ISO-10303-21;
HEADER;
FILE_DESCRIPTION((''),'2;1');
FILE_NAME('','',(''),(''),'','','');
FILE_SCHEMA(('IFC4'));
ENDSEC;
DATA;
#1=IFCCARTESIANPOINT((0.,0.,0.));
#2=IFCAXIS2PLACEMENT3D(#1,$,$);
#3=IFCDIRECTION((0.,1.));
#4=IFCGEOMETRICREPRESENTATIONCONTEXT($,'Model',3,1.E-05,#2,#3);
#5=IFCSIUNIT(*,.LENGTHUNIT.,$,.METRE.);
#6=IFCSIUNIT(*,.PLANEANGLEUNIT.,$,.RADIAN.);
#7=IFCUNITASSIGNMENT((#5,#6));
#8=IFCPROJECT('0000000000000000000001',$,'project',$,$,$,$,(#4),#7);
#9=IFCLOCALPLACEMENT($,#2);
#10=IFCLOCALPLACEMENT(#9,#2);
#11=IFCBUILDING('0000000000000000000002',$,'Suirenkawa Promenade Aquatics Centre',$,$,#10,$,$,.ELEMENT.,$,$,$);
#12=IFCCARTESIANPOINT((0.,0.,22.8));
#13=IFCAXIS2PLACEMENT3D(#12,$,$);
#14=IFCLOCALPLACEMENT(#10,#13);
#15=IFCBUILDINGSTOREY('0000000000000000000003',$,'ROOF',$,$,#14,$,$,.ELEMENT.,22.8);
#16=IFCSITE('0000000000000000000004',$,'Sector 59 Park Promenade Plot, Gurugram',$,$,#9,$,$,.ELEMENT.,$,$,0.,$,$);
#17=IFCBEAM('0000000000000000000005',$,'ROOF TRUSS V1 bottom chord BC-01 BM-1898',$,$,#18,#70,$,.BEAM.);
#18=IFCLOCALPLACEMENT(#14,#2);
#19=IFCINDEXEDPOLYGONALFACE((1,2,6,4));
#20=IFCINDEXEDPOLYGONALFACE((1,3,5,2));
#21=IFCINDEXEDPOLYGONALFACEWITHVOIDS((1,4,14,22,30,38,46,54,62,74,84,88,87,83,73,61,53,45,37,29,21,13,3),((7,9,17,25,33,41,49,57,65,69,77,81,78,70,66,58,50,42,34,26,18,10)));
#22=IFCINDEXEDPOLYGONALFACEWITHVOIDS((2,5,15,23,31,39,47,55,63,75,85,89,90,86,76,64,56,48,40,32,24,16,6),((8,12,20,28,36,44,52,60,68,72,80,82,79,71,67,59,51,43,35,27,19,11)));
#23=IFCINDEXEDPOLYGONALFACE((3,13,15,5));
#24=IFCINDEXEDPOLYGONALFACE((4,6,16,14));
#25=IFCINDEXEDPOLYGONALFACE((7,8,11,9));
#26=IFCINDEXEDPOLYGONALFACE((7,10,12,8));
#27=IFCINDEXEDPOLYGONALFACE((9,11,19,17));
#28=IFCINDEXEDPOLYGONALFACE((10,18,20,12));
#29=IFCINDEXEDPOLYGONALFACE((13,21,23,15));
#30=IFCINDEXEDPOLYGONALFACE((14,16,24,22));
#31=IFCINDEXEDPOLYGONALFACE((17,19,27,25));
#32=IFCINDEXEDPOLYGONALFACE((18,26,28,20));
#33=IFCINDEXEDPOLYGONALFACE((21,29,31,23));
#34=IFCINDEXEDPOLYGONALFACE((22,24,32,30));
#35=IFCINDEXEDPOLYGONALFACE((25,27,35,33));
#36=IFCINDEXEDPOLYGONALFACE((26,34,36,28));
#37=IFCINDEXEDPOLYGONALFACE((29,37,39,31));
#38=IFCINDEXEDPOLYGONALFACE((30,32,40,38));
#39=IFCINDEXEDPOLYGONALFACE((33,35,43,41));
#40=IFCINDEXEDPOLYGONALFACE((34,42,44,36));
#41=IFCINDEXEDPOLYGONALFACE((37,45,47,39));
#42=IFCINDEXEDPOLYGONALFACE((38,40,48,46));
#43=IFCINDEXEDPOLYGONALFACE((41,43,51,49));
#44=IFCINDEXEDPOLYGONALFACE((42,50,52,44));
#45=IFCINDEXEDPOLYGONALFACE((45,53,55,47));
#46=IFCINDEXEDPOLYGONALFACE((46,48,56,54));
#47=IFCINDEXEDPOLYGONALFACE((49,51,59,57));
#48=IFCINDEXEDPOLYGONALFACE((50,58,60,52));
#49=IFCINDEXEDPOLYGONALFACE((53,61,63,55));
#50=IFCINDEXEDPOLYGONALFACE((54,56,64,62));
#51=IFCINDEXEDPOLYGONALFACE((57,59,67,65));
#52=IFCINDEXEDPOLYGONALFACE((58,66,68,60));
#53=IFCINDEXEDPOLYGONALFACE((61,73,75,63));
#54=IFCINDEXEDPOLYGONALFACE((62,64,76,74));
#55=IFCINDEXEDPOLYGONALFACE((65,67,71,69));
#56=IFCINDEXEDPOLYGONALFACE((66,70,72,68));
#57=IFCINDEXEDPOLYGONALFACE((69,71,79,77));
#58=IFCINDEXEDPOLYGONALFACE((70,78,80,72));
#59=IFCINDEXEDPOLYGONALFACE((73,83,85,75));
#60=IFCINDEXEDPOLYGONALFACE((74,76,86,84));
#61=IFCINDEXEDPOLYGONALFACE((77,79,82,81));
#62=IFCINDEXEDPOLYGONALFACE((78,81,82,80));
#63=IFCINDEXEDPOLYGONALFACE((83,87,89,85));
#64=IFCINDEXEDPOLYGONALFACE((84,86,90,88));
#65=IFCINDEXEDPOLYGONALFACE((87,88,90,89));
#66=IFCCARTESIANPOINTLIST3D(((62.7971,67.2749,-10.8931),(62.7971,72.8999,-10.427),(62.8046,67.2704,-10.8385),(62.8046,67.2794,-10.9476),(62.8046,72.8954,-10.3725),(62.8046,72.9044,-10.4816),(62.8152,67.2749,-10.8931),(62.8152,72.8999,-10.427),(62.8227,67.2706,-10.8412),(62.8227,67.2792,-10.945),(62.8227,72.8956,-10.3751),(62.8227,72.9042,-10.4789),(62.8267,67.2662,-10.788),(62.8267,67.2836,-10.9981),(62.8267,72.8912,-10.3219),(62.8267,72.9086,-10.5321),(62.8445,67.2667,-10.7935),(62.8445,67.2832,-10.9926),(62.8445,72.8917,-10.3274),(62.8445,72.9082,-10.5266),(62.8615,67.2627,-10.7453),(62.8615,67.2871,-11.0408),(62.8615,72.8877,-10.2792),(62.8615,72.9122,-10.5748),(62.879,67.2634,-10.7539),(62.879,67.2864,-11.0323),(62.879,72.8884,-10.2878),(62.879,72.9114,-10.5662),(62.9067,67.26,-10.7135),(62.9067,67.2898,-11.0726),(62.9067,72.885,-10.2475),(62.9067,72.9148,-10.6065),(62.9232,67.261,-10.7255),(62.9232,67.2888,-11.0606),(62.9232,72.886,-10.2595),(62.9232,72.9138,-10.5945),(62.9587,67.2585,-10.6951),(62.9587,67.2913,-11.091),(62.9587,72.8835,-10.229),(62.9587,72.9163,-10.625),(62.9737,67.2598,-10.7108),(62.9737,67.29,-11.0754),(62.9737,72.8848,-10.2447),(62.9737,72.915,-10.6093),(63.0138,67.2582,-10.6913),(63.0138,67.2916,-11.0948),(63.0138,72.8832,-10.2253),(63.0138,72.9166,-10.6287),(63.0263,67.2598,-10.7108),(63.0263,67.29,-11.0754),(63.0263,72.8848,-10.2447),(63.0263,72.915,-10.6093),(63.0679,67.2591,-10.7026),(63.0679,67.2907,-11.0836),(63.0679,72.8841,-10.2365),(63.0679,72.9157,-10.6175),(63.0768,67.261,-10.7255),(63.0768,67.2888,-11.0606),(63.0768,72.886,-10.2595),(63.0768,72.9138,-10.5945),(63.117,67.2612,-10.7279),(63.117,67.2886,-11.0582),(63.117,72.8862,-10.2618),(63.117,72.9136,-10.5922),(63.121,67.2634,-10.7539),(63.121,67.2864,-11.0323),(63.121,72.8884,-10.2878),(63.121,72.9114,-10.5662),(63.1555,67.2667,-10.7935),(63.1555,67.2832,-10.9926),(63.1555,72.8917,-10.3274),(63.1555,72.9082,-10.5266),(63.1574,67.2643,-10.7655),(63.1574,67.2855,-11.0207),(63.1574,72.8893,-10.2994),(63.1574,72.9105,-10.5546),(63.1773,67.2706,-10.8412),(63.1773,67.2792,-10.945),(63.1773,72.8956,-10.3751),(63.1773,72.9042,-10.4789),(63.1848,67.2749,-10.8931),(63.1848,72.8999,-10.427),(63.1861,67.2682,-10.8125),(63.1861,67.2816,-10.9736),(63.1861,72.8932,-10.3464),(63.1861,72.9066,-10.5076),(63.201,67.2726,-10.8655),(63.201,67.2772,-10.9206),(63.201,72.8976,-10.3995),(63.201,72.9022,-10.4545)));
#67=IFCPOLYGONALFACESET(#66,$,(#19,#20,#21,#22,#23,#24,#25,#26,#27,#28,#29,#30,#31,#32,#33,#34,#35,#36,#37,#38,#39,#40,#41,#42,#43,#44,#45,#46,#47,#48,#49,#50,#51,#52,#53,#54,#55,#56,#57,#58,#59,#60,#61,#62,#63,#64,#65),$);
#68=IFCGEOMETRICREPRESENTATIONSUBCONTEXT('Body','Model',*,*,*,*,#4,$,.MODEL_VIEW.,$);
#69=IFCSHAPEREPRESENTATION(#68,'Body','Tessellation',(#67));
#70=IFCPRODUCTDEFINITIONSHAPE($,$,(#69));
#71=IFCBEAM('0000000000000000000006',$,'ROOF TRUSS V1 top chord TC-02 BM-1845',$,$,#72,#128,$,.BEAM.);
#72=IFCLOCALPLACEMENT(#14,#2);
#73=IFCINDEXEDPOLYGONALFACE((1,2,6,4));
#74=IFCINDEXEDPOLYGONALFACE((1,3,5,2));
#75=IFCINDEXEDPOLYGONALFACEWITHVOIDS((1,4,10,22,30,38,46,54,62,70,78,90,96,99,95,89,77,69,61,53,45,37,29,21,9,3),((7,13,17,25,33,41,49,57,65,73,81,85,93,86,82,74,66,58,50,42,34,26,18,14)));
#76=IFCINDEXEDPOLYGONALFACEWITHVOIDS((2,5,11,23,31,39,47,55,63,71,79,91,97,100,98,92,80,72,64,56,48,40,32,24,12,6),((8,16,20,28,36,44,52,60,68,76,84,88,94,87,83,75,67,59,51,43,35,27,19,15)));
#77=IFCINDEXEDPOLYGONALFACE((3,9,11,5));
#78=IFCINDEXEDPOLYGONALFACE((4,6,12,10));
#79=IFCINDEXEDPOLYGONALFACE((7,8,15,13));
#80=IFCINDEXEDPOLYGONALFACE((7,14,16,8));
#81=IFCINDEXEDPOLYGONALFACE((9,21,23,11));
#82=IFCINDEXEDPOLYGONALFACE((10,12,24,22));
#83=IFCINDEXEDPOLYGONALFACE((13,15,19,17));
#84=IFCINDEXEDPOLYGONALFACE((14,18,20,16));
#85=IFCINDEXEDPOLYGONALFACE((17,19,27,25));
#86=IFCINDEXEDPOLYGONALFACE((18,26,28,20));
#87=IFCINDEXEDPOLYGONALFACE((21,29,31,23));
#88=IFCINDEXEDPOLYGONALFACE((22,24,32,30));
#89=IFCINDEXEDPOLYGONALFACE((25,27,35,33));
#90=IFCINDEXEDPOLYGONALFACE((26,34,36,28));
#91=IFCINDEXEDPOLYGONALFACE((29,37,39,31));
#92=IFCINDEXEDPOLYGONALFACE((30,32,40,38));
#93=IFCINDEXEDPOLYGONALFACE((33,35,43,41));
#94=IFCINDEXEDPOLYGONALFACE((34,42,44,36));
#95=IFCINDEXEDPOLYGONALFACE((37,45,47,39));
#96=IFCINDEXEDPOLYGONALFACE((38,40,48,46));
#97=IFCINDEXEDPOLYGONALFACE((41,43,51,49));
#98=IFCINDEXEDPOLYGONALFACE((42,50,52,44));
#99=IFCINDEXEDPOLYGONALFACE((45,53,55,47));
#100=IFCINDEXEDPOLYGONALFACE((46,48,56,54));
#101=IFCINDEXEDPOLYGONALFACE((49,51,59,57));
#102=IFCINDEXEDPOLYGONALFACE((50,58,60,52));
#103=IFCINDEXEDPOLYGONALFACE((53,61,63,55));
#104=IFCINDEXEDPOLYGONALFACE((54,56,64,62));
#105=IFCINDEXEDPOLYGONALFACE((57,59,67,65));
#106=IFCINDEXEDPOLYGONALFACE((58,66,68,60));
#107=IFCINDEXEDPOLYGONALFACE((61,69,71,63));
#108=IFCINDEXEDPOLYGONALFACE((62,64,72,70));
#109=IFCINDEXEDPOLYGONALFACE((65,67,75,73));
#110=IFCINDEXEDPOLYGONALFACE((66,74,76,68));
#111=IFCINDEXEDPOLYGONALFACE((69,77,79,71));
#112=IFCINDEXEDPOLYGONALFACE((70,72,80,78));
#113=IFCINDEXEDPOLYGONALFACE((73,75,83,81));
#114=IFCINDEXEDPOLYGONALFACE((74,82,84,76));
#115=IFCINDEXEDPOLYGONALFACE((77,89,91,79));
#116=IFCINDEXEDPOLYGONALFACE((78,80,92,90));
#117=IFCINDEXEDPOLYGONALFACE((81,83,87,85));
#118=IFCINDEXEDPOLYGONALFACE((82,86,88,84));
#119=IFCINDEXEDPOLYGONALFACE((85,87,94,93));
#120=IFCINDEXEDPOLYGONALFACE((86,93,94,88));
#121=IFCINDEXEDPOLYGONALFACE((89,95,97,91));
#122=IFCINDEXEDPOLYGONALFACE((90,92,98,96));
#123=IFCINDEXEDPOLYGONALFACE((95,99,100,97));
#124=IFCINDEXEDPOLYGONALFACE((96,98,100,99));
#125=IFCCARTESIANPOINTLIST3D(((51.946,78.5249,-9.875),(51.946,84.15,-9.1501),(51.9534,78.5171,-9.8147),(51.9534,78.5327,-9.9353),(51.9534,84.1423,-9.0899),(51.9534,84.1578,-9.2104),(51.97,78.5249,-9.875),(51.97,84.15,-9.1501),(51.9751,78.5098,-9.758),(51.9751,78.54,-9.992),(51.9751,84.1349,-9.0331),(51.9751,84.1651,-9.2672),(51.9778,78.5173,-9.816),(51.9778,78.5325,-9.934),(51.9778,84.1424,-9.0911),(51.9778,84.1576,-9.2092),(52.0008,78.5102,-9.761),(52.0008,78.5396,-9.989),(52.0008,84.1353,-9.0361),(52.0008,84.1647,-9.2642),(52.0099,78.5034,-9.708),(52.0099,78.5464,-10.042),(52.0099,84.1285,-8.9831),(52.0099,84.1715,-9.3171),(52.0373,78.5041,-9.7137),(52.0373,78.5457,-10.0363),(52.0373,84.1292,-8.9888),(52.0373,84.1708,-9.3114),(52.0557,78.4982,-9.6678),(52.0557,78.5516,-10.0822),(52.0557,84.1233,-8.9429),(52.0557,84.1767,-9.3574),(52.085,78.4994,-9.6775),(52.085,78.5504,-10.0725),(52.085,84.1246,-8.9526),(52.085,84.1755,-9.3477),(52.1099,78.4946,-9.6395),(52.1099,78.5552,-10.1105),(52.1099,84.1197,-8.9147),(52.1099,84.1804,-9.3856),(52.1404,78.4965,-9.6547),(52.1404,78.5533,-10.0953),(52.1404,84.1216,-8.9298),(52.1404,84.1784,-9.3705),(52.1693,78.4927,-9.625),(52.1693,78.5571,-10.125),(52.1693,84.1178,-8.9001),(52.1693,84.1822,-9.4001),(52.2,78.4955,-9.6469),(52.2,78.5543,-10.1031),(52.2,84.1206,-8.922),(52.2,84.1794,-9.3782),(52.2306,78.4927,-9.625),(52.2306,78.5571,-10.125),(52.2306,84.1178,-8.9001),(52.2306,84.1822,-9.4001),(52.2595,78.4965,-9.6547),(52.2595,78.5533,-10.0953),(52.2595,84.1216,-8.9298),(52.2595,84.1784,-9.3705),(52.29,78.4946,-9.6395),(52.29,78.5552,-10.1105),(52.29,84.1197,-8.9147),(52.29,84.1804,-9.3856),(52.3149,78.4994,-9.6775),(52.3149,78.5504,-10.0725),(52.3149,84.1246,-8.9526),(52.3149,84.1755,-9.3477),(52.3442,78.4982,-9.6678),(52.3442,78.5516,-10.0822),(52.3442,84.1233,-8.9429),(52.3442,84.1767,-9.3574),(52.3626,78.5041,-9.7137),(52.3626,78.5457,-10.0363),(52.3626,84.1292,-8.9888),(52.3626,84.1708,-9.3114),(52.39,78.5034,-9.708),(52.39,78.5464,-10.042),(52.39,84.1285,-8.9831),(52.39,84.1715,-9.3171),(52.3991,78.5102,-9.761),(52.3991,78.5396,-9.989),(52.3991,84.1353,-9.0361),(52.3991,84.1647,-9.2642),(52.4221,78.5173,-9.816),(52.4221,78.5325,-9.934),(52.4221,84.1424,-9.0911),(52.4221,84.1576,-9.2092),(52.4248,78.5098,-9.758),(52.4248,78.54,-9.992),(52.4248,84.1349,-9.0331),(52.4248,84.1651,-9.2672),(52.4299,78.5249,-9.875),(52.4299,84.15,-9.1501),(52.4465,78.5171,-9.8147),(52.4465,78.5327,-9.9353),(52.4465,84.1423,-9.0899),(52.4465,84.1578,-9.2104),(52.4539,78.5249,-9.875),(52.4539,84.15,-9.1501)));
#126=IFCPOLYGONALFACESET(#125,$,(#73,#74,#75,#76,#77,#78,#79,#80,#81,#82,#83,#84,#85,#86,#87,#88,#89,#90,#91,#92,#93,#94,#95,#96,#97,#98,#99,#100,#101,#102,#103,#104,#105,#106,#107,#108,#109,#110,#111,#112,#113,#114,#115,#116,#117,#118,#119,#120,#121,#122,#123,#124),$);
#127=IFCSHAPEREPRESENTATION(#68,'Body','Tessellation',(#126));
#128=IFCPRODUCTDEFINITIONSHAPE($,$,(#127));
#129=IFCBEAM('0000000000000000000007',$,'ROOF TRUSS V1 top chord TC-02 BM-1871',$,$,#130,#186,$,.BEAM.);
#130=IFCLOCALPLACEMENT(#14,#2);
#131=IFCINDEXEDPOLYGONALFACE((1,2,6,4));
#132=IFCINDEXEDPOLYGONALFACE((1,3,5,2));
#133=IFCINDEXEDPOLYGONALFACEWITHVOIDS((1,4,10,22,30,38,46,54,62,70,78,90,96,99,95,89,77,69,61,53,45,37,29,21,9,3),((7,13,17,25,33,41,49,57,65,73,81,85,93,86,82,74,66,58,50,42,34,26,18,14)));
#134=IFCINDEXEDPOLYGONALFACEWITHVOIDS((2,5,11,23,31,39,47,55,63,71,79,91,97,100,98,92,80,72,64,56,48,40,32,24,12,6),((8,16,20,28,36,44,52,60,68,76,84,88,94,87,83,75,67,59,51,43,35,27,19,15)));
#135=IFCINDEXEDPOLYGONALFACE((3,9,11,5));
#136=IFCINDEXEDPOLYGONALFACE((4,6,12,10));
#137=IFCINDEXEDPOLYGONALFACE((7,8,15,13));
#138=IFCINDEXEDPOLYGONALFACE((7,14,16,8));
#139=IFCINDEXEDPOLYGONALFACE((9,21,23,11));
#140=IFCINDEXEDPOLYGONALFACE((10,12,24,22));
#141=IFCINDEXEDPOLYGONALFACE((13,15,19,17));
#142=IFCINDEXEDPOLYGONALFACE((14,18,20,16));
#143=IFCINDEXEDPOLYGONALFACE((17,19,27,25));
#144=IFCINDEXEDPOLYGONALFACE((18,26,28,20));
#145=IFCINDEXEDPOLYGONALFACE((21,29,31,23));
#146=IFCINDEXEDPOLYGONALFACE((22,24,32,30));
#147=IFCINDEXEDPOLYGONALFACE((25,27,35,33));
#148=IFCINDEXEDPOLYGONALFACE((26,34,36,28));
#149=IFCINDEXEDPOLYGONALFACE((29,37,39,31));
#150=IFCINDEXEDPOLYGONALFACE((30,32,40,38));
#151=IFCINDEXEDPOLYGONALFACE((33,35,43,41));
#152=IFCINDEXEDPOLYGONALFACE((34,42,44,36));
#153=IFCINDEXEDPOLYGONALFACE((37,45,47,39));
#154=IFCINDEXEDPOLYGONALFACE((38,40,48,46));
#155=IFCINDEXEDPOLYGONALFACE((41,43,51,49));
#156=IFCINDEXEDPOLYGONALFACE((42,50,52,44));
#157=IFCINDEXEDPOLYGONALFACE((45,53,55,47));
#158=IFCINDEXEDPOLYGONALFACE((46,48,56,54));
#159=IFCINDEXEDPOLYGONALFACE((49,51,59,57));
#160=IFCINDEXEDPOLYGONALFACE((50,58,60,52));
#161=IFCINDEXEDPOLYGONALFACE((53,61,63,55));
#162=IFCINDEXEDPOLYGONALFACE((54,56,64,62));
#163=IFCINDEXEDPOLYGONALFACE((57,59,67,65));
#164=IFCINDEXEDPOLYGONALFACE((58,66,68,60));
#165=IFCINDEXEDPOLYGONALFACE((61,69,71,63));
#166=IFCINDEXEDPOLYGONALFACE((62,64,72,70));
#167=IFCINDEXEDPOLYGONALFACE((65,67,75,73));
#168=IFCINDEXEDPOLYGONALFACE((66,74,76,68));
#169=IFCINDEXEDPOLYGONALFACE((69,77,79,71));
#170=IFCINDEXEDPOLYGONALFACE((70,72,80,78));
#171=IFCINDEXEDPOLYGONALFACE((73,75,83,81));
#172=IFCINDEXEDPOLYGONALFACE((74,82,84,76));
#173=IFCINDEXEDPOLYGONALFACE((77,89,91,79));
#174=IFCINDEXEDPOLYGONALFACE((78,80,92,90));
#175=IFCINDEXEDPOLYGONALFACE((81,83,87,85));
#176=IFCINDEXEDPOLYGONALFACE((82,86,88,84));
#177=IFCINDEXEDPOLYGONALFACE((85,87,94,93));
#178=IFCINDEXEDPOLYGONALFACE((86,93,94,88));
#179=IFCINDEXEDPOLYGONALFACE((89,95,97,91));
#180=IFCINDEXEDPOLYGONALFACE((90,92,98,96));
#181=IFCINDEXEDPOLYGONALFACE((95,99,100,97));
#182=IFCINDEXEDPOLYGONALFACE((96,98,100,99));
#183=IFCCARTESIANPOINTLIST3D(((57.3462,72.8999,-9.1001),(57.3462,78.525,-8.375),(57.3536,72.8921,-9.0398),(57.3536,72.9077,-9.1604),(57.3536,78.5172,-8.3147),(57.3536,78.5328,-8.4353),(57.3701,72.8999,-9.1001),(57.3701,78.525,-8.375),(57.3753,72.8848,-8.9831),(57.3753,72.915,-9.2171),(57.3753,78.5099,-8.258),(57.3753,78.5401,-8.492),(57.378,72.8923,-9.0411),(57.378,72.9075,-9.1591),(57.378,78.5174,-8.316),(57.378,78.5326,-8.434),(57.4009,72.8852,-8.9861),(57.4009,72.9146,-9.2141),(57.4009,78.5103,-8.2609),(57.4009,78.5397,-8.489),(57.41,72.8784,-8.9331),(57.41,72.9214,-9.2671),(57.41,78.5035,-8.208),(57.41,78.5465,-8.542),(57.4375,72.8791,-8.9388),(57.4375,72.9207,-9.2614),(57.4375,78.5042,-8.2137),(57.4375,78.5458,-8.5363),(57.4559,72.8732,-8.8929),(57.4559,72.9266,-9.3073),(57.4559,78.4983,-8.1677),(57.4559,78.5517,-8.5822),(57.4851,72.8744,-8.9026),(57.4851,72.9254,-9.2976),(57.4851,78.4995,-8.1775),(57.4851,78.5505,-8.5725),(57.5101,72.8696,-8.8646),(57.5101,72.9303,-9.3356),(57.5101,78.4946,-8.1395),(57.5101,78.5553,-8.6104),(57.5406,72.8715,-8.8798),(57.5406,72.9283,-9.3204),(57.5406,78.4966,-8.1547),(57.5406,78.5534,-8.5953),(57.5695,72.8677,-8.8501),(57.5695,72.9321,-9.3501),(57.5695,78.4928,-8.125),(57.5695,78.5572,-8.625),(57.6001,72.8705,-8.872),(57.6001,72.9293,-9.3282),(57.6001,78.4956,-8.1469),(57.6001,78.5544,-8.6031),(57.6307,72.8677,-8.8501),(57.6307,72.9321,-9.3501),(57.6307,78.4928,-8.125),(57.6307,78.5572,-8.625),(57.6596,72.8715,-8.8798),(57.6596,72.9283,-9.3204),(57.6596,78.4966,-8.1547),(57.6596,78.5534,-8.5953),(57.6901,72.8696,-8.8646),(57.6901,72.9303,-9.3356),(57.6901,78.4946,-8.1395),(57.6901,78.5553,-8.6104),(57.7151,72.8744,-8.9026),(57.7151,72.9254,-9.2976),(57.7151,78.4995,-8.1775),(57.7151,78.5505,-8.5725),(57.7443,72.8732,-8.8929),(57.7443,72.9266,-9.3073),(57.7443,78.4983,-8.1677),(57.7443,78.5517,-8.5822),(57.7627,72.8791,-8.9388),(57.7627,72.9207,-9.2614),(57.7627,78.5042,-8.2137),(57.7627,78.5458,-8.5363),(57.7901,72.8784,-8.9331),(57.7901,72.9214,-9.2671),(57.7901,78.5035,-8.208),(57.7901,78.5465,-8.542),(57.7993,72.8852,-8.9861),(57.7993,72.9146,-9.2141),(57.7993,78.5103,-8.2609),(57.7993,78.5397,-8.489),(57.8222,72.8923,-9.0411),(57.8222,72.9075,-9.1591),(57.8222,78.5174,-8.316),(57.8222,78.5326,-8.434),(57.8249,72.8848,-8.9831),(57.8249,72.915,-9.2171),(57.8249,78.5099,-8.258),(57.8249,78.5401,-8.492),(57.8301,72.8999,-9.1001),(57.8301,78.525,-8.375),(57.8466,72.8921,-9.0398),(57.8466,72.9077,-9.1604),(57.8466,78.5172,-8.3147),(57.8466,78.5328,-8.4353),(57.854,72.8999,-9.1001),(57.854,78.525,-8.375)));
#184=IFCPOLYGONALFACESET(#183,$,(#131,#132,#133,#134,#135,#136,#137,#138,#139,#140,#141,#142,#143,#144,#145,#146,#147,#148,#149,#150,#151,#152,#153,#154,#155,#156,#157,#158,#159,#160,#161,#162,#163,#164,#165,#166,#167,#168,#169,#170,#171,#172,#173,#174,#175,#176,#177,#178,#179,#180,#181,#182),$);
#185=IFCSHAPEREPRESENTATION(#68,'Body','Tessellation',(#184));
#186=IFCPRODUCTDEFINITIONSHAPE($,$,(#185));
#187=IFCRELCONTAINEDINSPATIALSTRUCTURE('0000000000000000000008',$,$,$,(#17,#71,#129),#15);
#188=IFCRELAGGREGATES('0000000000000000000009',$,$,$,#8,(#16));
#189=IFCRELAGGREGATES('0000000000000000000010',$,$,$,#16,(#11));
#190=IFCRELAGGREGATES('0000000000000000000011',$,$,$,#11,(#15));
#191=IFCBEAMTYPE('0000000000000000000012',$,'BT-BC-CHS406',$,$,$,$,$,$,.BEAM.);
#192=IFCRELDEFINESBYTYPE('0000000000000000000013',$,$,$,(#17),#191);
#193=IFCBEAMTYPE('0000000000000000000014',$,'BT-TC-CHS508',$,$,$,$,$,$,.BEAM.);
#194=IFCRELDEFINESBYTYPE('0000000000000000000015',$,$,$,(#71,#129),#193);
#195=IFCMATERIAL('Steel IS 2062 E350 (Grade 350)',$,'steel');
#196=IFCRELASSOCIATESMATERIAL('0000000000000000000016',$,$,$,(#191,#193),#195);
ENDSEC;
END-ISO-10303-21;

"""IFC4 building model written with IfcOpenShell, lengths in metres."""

from ifc_helpers import new_model, si_unit, direction, frame, origin, origin_2d, place, context, subcontext, project, spatial, hollow_circle, extrude, material, material_profile, profile_set, type_object, element, save


model = new_model("IFC4")

# Units and contexts
model_context = context("Model", 3, precision=1e-05, world=origin(), true_north=direction((0.0, 1.0)))
body_context = subcontext(model_context, "Body", "Model", "MODEL_VIEW")
ifc_project = project(units=[si_unit("LENGTHUNIT", "METRE"), si_unit("PLANEANGLEUNIT", "RADIAN")], contexts=[model_context])

# Site, building, storey
site_placement = place(None, origin())
site = spatial("IfcSite", under=ifc_project, at=site_placement, Name="Sector 59 Park Promenade Plot, Gurugram", CompositionType="ELEMENT", RefElevation=0.0)
building_placement = place(site_placement, origin())
building = spatial("IfcBuilding", under=site, at=building_placement, Name="Suirenkawa Promenade Aquatics Centre", CompositionType="ELEMENT")
storey_placement = place(building_placement, frame((0.0, 0.0, 22.8)))
storey = spatial("IfcBuildingStorey", under=building, at=storey_placement, Name="ROOF", CompositionType="ELEMENT", Elevation=22.8)

# Beams
ifc_material = material(Name="Steel IS 2062 E350 (Grade 350)", Category="steel")
ifc_material_profile_1 = material_profile(ifc_material, hollow_circle(Radius=0.2029, WallThickness=0.0181, at=origin_2d()), Name="CHS 406x18", Category="steel")
ifc_profile_set_1 = profile_set([ifc_material_profile_1], Name="Steel IS 2062 E350 (Grade 350)")
beam_type_1 = type_object("IfcBeamType", Name="BT-BC-CHS406", PredefinedType="BEAM", material=ifc_profile_set_1)
beam_1_placement = place(storey_placement, frame((63.0, 67.2749, -10.8931), z_axis=(0.0, 0.996585, 0.082573), x_axis=(-1.0, 0.0, 0.0)))
element("IfcBeam", 1, at=beam_1_placement, inside=storey, type_object=beam_type_1, Name="ROOF TRUSS V1 bottom chord BC-01 BM-1898", PredefinedType="BEAM", context=body_context, shape_type="SweptSolid", body=[
    extrude(hollow_circle(Radius=0.2029, WallThickness=0.0181, at=origin_2d()), origin(), (0.0, 0.0, 1.0), 5.6443),
])
ifc_material_profile_2 = material_profile(ifc_material, hollow_circle(Radius=0.2539, WallThickness=0.0239, at=origin_2d()), Name="CHS 508x24", Category="steel")
ifc_profile_set_2 = profile_set([ifc_material_profile_2], Name="Steel IS 2062 E350 (Grade 350)")
beam_type_2 = type_object("IfcBeamType", Name="BT-TC-CHS508", PredefinedType="BEAM", material=ifc_profile_set_2)
for number, where, z_axis, x_axis, name in (
    (2, (52.2, 78.5249, -9.875), (0.0, 0.991799, 0.127806), (-1.0, 0.0, 0.0), "ROOF TRUSS V1 top chord TC-02 BM-1845"),
    (3, (57.6001, 72.8999, -9.1001), (0.0, 0.991794, 0.127848), (-1.0, 0.0, 0.0), "ROOF TRUSS V1 top chord TC-02 BM-1871"),
):
    element("IfcBeam", number, at=place(storey_placement, frame(where, z_axis=z_axis, x_axis=x_axis)), inside=storey, type_object=beam_type_2, Name=name, PredefinedType="BEAM", context=body_context, shape_type="SweptSolid", body=[
        extrude(hollow_circle(Radius=0.2539, WallThickness=0.0239, at=origin_2d()), origin(), (0.0, 0.0, 1.0), 5.6716),
    ])

save(model, "model.ifc")
